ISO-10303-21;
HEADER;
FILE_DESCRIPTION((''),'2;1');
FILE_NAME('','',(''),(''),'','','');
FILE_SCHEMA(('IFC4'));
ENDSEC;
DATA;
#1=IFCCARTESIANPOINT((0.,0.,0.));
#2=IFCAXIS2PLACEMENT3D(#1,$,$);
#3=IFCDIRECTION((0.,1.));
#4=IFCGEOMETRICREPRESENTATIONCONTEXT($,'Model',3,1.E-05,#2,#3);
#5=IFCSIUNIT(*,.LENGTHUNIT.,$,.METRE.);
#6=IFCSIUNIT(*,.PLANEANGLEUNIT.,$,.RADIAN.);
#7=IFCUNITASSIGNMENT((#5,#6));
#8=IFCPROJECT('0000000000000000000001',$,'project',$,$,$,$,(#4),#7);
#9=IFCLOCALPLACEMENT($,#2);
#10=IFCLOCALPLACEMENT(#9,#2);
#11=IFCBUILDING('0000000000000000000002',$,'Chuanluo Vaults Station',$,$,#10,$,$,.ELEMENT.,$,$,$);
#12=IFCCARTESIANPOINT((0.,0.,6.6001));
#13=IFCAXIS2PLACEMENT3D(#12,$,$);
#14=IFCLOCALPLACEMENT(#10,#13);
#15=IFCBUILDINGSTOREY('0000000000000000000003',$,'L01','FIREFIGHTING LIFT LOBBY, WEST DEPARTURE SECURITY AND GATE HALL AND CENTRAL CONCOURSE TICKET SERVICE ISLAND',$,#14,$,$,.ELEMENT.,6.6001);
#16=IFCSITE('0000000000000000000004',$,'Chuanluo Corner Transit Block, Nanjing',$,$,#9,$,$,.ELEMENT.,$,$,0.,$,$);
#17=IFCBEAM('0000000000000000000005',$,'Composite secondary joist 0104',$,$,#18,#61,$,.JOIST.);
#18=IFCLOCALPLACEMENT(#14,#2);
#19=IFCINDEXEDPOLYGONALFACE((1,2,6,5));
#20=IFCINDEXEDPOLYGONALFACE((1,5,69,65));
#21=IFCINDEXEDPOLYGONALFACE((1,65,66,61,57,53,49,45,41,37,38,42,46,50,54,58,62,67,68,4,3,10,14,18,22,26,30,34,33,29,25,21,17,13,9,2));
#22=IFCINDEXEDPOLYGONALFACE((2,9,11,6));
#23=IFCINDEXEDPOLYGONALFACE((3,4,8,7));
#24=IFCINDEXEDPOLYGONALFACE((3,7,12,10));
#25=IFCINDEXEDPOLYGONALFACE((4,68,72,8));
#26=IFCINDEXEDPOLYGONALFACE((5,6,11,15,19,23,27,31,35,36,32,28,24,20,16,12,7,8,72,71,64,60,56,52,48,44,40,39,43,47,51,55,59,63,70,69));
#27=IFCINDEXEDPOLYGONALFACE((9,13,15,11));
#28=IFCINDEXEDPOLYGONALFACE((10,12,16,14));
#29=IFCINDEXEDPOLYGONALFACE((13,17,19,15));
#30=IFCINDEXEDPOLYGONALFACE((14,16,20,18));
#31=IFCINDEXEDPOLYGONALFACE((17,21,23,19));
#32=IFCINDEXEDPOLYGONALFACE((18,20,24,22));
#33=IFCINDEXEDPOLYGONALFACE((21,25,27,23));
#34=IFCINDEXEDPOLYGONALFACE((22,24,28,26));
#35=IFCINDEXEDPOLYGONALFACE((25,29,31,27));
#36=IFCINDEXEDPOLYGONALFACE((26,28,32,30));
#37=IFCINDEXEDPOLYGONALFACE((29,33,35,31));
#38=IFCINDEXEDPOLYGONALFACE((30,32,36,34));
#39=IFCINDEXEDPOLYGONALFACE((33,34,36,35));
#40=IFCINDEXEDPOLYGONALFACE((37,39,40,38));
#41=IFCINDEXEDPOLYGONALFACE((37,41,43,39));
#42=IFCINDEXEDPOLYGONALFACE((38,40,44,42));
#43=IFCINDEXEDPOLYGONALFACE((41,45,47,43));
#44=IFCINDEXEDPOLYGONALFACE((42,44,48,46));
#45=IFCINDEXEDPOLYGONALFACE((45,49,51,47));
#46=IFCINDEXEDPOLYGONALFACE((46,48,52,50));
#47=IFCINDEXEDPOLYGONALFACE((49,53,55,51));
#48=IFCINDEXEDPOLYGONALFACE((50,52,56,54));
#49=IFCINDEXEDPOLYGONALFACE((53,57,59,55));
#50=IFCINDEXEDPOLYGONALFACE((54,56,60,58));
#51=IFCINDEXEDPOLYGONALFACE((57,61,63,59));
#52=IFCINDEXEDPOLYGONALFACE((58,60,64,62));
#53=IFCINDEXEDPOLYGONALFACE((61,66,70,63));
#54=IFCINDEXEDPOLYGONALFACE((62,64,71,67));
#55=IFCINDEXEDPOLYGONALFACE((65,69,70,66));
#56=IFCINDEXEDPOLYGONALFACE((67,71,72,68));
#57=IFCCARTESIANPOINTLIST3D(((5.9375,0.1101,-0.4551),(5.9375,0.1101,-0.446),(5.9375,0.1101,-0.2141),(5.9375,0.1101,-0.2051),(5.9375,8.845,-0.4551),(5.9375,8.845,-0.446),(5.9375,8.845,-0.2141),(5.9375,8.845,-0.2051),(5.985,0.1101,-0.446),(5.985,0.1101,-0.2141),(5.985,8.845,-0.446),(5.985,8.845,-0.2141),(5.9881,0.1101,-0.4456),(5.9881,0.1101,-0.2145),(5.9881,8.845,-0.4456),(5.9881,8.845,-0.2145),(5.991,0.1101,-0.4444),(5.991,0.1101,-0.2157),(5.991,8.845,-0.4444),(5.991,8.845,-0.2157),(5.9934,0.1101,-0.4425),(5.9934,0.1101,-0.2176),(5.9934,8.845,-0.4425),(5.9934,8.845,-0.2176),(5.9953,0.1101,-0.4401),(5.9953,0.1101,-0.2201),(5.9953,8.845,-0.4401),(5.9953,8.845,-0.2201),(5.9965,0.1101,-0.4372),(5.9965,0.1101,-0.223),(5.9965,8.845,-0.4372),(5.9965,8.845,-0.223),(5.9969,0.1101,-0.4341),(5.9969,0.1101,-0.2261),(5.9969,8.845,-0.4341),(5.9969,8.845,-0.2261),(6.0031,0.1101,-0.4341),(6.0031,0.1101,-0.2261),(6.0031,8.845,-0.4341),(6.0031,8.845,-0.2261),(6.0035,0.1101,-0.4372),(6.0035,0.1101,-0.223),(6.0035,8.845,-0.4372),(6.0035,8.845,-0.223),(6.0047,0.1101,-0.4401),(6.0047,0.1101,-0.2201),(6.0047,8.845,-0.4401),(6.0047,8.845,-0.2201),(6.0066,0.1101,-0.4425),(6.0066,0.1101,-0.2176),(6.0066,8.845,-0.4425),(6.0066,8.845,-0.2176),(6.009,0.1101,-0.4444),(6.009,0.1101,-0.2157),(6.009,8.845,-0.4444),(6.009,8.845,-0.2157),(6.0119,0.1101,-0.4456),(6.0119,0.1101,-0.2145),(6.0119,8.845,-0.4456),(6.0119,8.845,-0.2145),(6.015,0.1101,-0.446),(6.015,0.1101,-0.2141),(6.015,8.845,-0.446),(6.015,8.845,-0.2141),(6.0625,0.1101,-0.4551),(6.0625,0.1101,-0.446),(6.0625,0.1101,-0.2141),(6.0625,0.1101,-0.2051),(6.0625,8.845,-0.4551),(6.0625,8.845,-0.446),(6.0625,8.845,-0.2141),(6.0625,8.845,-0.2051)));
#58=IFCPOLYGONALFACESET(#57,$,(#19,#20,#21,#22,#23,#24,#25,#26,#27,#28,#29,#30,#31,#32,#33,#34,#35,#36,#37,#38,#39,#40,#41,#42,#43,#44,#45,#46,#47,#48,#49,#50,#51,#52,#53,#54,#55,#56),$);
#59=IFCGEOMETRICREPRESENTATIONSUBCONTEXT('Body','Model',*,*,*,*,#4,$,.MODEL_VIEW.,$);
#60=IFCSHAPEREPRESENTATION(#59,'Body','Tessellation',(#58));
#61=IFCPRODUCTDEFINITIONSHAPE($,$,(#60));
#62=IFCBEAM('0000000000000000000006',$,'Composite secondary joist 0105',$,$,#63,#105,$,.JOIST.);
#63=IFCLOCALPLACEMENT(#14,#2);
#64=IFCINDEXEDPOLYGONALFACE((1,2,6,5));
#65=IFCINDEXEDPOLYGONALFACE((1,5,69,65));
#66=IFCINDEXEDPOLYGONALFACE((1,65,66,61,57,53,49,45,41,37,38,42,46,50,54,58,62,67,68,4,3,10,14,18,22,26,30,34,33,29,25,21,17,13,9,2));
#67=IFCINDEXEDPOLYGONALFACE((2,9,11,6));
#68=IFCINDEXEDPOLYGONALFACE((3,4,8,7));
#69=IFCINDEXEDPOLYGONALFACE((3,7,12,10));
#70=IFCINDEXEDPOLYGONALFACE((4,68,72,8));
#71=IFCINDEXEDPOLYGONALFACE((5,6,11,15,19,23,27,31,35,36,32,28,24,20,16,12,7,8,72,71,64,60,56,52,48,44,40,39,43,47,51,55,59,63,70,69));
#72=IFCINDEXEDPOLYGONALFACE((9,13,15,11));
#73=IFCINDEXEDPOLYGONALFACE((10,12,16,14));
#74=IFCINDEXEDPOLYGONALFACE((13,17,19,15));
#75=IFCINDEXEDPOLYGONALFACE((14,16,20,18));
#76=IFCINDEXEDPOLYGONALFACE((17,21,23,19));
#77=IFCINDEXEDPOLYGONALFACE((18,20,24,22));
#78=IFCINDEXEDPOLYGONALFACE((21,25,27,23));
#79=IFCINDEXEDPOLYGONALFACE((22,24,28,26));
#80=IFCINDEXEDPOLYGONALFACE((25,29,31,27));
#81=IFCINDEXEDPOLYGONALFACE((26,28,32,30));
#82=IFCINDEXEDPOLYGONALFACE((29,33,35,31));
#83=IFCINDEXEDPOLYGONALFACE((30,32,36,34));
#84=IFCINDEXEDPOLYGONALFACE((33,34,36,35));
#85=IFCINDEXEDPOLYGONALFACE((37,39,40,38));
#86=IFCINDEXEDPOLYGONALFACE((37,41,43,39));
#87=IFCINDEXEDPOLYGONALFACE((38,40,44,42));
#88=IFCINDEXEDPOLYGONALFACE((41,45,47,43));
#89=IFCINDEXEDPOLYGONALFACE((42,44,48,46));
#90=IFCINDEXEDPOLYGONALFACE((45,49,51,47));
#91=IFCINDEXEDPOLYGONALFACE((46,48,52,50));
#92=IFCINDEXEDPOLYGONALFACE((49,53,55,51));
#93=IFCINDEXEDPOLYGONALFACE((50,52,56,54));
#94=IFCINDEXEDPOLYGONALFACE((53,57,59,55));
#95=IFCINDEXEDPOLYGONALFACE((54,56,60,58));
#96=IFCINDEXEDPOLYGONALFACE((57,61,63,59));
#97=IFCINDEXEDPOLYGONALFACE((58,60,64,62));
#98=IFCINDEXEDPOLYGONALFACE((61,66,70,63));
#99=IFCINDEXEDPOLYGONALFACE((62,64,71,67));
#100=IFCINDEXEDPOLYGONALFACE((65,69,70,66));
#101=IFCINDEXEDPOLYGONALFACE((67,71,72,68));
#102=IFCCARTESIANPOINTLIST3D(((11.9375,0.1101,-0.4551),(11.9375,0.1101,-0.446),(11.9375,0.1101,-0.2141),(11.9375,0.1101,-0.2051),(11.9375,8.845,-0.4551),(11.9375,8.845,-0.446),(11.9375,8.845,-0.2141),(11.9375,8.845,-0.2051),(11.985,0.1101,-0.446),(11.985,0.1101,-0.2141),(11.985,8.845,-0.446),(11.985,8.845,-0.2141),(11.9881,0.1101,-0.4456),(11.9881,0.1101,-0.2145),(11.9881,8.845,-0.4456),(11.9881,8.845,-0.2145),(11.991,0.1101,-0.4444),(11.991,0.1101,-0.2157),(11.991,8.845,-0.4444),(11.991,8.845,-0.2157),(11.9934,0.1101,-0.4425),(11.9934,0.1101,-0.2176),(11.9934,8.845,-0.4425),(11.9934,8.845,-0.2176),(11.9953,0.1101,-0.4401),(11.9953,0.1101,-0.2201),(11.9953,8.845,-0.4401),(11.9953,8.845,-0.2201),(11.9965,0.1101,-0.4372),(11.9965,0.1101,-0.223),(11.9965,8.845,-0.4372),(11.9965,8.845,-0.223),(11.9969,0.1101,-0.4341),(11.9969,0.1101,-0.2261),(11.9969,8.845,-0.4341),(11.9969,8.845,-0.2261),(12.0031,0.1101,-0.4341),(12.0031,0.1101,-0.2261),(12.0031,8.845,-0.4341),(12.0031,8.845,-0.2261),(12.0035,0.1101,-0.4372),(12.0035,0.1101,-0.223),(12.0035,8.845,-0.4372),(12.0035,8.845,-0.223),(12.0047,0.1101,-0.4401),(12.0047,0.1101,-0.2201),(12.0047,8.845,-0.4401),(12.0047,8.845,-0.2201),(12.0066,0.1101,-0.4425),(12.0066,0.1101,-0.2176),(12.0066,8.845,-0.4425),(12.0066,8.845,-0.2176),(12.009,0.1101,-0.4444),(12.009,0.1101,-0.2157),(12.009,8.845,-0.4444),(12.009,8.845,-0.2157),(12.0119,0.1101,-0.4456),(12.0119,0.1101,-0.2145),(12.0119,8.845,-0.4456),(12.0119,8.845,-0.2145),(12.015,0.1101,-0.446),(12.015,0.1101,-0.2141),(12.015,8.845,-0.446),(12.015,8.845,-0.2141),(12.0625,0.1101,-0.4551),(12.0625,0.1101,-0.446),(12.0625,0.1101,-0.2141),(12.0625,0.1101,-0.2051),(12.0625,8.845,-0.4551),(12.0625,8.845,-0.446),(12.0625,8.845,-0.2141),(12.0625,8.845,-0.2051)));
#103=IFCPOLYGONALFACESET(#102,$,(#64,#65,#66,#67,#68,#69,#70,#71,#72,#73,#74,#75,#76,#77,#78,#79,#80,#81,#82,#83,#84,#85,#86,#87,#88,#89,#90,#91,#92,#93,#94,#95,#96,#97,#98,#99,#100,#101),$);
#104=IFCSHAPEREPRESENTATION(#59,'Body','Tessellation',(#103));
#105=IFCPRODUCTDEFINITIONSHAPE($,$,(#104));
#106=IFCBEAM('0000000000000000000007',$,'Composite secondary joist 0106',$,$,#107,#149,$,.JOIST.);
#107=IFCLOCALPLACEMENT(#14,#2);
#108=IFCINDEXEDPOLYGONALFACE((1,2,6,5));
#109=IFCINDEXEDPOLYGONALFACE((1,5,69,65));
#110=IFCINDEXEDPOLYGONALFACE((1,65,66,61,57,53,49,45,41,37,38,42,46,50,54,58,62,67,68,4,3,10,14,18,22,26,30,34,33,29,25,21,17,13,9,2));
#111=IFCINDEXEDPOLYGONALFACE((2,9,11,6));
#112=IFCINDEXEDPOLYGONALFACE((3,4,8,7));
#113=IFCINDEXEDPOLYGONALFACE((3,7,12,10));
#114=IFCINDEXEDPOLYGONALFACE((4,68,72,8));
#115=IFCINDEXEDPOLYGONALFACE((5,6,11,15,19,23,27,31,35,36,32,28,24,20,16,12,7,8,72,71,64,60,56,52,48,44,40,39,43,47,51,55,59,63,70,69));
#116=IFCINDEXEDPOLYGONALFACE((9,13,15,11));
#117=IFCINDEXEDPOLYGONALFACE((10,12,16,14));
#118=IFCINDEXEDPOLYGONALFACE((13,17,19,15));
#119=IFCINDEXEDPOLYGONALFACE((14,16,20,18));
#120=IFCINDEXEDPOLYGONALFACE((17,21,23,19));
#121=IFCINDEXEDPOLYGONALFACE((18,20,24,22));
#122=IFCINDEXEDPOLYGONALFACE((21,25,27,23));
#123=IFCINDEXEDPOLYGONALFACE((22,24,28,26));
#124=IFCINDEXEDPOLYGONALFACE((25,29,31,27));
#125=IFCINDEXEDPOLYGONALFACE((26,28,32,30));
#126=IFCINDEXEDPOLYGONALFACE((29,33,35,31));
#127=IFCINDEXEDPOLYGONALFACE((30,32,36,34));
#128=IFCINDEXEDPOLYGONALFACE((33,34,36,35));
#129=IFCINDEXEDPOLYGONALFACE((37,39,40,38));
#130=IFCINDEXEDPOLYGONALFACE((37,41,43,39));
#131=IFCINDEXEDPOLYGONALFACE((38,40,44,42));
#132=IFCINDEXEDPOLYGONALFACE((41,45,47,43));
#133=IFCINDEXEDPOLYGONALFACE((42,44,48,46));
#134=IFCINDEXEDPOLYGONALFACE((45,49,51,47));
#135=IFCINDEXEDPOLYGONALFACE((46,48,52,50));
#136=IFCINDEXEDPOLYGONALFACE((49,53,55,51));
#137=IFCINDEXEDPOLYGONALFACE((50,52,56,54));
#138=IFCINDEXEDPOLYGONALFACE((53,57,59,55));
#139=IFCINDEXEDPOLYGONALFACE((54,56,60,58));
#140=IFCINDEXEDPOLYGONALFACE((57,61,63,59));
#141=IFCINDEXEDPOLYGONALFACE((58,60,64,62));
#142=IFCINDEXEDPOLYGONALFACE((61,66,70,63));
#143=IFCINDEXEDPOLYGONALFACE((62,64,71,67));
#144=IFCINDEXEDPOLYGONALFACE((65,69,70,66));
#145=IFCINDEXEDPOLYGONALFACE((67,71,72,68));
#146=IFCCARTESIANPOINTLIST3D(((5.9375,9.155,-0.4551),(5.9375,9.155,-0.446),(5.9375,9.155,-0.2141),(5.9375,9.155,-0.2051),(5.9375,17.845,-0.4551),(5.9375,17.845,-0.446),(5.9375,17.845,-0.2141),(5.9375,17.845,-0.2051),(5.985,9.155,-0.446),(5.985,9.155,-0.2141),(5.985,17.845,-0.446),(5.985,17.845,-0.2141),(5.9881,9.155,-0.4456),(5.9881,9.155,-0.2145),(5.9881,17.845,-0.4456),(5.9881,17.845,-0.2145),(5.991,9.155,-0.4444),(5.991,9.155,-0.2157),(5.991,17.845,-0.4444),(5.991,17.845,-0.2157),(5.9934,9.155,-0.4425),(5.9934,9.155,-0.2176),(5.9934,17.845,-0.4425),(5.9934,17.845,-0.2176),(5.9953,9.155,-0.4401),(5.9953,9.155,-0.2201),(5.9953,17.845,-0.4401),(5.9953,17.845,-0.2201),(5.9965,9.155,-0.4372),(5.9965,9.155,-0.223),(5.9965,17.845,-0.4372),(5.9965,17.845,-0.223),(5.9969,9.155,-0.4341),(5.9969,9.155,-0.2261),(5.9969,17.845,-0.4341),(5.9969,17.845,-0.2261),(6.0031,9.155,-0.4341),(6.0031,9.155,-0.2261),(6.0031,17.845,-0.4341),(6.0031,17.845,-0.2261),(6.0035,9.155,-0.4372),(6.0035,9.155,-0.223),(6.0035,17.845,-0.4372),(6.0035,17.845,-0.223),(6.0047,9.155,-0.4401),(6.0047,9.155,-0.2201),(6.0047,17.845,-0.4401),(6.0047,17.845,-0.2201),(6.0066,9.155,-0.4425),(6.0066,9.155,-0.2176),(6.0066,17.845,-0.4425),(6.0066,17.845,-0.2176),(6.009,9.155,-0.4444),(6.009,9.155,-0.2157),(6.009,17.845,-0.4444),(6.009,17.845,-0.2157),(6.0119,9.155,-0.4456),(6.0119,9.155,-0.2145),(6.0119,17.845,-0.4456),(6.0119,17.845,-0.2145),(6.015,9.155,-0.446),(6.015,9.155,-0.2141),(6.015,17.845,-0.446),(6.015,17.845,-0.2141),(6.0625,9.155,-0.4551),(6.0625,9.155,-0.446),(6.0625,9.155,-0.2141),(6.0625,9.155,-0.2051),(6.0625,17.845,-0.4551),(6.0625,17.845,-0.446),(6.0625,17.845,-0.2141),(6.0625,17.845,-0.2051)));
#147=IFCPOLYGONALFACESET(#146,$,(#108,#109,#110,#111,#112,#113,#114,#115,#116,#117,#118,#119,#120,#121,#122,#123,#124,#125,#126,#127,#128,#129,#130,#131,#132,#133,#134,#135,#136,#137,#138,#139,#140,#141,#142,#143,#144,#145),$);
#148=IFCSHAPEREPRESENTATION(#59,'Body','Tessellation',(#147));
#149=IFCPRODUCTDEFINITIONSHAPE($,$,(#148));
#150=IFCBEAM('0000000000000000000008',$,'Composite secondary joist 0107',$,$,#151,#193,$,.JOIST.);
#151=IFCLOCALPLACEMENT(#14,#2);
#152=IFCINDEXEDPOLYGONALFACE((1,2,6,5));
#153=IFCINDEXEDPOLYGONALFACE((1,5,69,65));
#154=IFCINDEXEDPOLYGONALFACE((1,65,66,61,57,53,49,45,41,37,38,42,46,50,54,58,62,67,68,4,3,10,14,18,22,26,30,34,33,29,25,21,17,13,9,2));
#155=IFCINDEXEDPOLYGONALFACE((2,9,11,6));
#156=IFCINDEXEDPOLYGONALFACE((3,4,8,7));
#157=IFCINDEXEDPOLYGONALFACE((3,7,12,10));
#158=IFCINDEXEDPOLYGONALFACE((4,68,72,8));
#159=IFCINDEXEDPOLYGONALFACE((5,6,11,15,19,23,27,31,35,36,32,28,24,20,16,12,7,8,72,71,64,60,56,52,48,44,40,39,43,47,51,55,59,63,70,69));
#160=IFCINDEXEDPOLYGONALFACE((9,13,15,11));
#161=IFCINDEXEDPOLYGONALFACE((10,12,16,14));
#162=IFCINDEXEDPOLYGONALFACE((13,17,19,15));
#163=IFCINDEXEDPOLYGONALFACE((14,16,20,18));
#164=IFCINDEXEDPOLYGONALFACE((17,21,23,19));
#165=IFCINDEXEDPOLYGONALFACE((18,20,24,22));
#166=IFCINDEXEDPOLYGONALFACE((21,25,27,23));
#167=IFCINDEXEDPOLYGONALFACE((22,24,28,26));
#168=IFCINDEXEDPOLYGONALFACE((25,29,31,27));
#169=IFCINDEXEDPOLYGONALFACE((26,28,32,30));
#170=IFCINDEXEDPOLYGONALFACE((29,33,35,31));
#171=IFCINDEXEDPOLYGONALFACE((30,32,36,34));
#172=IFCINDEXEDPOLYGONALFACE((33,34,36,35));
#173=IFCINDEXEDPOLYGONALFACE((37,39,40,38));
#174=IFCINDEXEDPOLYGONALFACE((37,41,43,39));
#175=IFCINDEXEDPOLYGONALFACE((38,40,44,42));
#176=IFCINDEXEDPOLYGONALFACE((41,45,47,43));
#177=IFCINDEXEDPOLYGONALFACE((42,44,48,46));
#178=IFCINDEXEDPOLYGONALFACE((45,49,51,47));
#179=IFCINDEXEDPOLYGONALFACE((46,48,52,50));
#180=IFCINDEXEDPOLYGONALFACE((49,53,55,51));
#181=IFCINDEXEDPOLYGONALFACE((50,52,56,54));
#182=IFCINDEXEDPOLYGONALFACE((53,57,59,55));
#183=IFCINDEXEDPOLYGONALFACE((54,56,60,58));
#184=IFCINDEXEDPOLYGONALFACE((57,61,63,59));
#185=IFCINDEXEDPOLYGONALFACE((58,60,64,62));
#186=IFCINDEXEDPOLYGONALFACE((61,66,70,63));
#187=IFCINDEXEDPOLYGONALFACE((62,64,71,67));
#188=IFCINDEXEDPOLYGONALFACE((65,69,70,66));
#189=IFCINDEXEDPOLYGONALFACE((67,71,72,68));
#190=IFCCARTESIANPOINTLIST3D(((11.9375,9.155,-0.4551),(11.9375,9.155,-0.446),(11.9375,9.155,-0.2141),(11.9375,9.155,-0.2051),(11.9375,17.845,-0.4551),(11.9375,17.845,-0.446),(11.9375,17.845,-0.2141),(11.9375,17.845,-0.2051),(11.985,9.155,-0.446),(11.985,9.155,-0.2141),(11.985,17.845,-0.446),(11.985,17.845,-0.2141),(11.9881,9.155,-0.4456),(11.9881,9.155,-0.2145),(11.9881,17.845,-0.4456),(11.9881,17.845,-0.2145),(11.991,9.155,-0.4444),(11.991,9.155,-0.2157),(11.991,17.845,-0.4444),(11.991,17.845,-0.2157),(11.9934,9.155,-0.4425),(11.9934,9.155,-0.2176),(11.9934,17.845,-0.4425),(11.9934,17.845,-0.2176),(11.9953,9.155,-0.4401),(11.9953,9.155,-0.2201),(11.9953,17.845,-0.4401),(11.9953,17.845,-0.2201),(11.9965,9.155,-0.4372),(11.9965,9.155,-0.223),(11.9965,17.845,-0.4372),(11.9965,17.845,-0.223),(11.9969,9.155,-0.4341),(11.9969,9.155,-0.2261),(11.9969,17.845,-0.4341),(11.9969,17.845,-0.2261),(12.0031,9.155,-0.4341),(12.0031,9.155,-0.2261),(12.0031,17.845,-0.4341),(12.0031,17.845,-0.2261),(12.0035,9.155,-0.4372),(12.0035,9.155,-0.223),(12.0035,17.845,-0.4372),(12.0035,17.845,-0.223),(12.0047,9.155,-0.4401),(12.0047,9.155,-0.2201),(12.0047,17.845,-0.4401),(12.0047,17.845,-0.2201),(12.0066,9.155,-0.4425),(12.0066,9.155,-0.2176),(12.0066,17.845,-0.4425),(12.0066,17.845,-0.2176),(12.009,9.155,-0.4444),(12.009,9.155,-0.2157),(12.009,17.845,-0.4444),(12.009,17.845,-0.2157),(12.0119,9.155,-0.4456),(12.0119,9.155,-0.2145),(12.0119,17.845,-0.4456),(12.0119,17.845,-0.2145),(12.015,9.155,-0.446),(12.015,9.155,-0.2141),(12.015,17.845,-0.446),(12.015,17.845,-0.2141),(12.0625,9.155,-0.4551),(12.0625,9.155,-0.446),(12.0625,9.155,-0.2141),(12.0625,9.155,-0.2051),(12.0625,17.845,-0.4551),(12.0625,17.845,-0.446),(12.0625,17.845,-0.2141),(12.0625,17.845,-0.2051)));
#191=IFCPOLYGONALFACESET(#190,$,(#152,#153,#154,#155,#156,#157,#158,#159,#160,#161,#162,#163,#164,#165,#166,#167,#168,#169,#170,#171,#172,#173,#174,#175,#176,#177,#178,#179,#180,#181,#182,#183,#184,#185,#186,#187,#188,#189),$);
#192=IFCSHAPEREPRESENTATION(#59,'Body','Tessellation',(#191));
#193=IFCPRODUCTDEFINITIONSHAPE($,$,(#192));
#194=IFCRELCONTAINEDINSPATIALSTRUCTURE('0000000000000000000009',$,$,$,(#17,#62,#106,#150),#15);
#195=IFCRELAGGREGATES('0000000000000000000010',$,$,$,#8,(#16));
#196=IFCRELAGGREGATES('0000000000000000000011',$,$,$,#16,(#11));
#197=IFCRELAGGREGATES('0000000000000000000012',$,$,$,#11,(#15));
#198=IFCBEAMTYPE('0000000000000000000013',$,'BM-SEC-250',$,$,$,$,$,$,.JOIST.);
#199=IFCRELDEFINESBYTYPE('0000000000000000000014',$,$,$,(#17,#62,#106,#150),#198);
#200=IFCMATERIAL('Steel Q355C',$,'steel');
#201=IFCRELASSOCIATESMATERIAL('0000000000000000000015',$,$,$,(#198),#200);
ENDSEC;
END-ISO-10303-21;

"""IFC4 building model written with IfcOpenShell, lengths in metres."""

from ifc_helpers import new_model, si_unit, direction, frame, origin, origin_2d, place, context, subcontext, project, spatial, i_section, extrude, material, material_profile, profile_set, type_object, element, save


model = new_model("IFC4")

# Units and contexts
model_context = context("Model", 3, precision=1e-05, world=origin(), true_north=direction((0.0, 1.0)))
body_context = subcontext(model_context, "Body", "Model", "MODEL_VIEW")
ifc_project = project(units=[si_unit("LENGTHUNIT", "METRE"), si_unit("PLANEANGLEUNIT", "RADIAN")], contexts=[model_context])

# Site, building, storey
site_placement = place(None, origin())
site = spatial("IfcSite", under=ifc_project, at=site_placement, Name="Chuanluo Corner Transit Block, Nanjing", CompositionType="ELEMENT", RefElevation=0.0)
building_placement = place(site_placement, origin())
building = spatial("IfcBuilding", under=site, at=building_placement, Name="Chuanluo Vaults Station", CompositionType="ELEMENT")
storey_placement = place(building_placement, frame((0.0, 0.0, 6.6001)))
storey = spatial("IfcBuildingStorey", under=building, at=storey_placement, Name="L01", Description="FIREFIGHTING LIFT LOBBY, WEST DEPARTURE SECURITY AND GATE HALL AND CENTRAL CONCOURSE TICKET SERVICE ISLAND", CompositionType="ELEMENT", Elevation=6.6001)

# Beams
ifc_material_1 = material(Name="Steel Q355C", Category="steel")
ifc_material_profile_1 = material_profile(ifc_material_1, i_section(OverallWidth=0.125, OverallDepth=0.25, WebThickness=0.0061, FlangeThickness=0.009, FilletRadius=0.012, at=origin_2d()))
ifc_profile_set_1 = profile_set([ifc_material_profile_1], Name="Steel Q355C")
beam_type_1 = type_object("IfcBeamType", Name="BM-SEC-250", PredefinedType="JOIST", material=ifc_profile_set_1)
for number, where, z_axis, x_axis, name in (
    (1, (6.0, 0.1101, -0.3301), (0.0, 1.0, 0.0), (-1.0, 0.0, 0.0), "Composite secondary joist 0104"),
    (2, (12.0, 0.1101, -0.3301), (0.0, 1.0, 0.0), (-1.0, 0.0, 0.0), "Composite secondary joist 0105"),
):
    element("IfcBeam", number, at=place(storey_placement, frame(where, z_axis=z_axis, x_axis=x_axis)), inside=storey, type_object=beam_type_1, Name=name, PredefinedType="JOIST", context=body_context, shape_type="SweptSolid", body=[
        extrude(i_section(OverallWidth=0.125, OverallDepth=0.25, WebThickness=0.0061, FlangeThickness=0.009, FilletRadius=0.012, at=origin_2d()), origin(), (0.0, 0.0, 1.0), 8.7349),
    ])
for number, where, z_axis, x_axis, name in (
    (3, (6.0, 9.155, -0.3301), (0.0, 1.0, 0.0), (-1.0, 0.0, 0.0), "Composite secondary joist 0106"),
    (4, (12.0, 9.155, -0.3301), (0.0, 1.0, 0.0), (-1.0, 0.0, 0.0), "Composite secondary joist 0107"),
):
    element("IfcBeam", number, at=place(storey_placement, frame(where, z_axis=z_axis, x_axis=x_axis)), inside=storey, type_object=beam_type_1, Name=name, PredefinedType="JOIST", context=body_context, shape_type="SweptSolid", body=[
        extrude(i_section(OverallWidth=0.125, OverallDepth=0.25, WebThickness=0.0061, FlangeThickness=0.009, FilletRadius=0.012, at=origin_2d()), origin(), (0.0, 0.0, 1.0), 8.6899),
    ])

save(model, "model.ifc")
